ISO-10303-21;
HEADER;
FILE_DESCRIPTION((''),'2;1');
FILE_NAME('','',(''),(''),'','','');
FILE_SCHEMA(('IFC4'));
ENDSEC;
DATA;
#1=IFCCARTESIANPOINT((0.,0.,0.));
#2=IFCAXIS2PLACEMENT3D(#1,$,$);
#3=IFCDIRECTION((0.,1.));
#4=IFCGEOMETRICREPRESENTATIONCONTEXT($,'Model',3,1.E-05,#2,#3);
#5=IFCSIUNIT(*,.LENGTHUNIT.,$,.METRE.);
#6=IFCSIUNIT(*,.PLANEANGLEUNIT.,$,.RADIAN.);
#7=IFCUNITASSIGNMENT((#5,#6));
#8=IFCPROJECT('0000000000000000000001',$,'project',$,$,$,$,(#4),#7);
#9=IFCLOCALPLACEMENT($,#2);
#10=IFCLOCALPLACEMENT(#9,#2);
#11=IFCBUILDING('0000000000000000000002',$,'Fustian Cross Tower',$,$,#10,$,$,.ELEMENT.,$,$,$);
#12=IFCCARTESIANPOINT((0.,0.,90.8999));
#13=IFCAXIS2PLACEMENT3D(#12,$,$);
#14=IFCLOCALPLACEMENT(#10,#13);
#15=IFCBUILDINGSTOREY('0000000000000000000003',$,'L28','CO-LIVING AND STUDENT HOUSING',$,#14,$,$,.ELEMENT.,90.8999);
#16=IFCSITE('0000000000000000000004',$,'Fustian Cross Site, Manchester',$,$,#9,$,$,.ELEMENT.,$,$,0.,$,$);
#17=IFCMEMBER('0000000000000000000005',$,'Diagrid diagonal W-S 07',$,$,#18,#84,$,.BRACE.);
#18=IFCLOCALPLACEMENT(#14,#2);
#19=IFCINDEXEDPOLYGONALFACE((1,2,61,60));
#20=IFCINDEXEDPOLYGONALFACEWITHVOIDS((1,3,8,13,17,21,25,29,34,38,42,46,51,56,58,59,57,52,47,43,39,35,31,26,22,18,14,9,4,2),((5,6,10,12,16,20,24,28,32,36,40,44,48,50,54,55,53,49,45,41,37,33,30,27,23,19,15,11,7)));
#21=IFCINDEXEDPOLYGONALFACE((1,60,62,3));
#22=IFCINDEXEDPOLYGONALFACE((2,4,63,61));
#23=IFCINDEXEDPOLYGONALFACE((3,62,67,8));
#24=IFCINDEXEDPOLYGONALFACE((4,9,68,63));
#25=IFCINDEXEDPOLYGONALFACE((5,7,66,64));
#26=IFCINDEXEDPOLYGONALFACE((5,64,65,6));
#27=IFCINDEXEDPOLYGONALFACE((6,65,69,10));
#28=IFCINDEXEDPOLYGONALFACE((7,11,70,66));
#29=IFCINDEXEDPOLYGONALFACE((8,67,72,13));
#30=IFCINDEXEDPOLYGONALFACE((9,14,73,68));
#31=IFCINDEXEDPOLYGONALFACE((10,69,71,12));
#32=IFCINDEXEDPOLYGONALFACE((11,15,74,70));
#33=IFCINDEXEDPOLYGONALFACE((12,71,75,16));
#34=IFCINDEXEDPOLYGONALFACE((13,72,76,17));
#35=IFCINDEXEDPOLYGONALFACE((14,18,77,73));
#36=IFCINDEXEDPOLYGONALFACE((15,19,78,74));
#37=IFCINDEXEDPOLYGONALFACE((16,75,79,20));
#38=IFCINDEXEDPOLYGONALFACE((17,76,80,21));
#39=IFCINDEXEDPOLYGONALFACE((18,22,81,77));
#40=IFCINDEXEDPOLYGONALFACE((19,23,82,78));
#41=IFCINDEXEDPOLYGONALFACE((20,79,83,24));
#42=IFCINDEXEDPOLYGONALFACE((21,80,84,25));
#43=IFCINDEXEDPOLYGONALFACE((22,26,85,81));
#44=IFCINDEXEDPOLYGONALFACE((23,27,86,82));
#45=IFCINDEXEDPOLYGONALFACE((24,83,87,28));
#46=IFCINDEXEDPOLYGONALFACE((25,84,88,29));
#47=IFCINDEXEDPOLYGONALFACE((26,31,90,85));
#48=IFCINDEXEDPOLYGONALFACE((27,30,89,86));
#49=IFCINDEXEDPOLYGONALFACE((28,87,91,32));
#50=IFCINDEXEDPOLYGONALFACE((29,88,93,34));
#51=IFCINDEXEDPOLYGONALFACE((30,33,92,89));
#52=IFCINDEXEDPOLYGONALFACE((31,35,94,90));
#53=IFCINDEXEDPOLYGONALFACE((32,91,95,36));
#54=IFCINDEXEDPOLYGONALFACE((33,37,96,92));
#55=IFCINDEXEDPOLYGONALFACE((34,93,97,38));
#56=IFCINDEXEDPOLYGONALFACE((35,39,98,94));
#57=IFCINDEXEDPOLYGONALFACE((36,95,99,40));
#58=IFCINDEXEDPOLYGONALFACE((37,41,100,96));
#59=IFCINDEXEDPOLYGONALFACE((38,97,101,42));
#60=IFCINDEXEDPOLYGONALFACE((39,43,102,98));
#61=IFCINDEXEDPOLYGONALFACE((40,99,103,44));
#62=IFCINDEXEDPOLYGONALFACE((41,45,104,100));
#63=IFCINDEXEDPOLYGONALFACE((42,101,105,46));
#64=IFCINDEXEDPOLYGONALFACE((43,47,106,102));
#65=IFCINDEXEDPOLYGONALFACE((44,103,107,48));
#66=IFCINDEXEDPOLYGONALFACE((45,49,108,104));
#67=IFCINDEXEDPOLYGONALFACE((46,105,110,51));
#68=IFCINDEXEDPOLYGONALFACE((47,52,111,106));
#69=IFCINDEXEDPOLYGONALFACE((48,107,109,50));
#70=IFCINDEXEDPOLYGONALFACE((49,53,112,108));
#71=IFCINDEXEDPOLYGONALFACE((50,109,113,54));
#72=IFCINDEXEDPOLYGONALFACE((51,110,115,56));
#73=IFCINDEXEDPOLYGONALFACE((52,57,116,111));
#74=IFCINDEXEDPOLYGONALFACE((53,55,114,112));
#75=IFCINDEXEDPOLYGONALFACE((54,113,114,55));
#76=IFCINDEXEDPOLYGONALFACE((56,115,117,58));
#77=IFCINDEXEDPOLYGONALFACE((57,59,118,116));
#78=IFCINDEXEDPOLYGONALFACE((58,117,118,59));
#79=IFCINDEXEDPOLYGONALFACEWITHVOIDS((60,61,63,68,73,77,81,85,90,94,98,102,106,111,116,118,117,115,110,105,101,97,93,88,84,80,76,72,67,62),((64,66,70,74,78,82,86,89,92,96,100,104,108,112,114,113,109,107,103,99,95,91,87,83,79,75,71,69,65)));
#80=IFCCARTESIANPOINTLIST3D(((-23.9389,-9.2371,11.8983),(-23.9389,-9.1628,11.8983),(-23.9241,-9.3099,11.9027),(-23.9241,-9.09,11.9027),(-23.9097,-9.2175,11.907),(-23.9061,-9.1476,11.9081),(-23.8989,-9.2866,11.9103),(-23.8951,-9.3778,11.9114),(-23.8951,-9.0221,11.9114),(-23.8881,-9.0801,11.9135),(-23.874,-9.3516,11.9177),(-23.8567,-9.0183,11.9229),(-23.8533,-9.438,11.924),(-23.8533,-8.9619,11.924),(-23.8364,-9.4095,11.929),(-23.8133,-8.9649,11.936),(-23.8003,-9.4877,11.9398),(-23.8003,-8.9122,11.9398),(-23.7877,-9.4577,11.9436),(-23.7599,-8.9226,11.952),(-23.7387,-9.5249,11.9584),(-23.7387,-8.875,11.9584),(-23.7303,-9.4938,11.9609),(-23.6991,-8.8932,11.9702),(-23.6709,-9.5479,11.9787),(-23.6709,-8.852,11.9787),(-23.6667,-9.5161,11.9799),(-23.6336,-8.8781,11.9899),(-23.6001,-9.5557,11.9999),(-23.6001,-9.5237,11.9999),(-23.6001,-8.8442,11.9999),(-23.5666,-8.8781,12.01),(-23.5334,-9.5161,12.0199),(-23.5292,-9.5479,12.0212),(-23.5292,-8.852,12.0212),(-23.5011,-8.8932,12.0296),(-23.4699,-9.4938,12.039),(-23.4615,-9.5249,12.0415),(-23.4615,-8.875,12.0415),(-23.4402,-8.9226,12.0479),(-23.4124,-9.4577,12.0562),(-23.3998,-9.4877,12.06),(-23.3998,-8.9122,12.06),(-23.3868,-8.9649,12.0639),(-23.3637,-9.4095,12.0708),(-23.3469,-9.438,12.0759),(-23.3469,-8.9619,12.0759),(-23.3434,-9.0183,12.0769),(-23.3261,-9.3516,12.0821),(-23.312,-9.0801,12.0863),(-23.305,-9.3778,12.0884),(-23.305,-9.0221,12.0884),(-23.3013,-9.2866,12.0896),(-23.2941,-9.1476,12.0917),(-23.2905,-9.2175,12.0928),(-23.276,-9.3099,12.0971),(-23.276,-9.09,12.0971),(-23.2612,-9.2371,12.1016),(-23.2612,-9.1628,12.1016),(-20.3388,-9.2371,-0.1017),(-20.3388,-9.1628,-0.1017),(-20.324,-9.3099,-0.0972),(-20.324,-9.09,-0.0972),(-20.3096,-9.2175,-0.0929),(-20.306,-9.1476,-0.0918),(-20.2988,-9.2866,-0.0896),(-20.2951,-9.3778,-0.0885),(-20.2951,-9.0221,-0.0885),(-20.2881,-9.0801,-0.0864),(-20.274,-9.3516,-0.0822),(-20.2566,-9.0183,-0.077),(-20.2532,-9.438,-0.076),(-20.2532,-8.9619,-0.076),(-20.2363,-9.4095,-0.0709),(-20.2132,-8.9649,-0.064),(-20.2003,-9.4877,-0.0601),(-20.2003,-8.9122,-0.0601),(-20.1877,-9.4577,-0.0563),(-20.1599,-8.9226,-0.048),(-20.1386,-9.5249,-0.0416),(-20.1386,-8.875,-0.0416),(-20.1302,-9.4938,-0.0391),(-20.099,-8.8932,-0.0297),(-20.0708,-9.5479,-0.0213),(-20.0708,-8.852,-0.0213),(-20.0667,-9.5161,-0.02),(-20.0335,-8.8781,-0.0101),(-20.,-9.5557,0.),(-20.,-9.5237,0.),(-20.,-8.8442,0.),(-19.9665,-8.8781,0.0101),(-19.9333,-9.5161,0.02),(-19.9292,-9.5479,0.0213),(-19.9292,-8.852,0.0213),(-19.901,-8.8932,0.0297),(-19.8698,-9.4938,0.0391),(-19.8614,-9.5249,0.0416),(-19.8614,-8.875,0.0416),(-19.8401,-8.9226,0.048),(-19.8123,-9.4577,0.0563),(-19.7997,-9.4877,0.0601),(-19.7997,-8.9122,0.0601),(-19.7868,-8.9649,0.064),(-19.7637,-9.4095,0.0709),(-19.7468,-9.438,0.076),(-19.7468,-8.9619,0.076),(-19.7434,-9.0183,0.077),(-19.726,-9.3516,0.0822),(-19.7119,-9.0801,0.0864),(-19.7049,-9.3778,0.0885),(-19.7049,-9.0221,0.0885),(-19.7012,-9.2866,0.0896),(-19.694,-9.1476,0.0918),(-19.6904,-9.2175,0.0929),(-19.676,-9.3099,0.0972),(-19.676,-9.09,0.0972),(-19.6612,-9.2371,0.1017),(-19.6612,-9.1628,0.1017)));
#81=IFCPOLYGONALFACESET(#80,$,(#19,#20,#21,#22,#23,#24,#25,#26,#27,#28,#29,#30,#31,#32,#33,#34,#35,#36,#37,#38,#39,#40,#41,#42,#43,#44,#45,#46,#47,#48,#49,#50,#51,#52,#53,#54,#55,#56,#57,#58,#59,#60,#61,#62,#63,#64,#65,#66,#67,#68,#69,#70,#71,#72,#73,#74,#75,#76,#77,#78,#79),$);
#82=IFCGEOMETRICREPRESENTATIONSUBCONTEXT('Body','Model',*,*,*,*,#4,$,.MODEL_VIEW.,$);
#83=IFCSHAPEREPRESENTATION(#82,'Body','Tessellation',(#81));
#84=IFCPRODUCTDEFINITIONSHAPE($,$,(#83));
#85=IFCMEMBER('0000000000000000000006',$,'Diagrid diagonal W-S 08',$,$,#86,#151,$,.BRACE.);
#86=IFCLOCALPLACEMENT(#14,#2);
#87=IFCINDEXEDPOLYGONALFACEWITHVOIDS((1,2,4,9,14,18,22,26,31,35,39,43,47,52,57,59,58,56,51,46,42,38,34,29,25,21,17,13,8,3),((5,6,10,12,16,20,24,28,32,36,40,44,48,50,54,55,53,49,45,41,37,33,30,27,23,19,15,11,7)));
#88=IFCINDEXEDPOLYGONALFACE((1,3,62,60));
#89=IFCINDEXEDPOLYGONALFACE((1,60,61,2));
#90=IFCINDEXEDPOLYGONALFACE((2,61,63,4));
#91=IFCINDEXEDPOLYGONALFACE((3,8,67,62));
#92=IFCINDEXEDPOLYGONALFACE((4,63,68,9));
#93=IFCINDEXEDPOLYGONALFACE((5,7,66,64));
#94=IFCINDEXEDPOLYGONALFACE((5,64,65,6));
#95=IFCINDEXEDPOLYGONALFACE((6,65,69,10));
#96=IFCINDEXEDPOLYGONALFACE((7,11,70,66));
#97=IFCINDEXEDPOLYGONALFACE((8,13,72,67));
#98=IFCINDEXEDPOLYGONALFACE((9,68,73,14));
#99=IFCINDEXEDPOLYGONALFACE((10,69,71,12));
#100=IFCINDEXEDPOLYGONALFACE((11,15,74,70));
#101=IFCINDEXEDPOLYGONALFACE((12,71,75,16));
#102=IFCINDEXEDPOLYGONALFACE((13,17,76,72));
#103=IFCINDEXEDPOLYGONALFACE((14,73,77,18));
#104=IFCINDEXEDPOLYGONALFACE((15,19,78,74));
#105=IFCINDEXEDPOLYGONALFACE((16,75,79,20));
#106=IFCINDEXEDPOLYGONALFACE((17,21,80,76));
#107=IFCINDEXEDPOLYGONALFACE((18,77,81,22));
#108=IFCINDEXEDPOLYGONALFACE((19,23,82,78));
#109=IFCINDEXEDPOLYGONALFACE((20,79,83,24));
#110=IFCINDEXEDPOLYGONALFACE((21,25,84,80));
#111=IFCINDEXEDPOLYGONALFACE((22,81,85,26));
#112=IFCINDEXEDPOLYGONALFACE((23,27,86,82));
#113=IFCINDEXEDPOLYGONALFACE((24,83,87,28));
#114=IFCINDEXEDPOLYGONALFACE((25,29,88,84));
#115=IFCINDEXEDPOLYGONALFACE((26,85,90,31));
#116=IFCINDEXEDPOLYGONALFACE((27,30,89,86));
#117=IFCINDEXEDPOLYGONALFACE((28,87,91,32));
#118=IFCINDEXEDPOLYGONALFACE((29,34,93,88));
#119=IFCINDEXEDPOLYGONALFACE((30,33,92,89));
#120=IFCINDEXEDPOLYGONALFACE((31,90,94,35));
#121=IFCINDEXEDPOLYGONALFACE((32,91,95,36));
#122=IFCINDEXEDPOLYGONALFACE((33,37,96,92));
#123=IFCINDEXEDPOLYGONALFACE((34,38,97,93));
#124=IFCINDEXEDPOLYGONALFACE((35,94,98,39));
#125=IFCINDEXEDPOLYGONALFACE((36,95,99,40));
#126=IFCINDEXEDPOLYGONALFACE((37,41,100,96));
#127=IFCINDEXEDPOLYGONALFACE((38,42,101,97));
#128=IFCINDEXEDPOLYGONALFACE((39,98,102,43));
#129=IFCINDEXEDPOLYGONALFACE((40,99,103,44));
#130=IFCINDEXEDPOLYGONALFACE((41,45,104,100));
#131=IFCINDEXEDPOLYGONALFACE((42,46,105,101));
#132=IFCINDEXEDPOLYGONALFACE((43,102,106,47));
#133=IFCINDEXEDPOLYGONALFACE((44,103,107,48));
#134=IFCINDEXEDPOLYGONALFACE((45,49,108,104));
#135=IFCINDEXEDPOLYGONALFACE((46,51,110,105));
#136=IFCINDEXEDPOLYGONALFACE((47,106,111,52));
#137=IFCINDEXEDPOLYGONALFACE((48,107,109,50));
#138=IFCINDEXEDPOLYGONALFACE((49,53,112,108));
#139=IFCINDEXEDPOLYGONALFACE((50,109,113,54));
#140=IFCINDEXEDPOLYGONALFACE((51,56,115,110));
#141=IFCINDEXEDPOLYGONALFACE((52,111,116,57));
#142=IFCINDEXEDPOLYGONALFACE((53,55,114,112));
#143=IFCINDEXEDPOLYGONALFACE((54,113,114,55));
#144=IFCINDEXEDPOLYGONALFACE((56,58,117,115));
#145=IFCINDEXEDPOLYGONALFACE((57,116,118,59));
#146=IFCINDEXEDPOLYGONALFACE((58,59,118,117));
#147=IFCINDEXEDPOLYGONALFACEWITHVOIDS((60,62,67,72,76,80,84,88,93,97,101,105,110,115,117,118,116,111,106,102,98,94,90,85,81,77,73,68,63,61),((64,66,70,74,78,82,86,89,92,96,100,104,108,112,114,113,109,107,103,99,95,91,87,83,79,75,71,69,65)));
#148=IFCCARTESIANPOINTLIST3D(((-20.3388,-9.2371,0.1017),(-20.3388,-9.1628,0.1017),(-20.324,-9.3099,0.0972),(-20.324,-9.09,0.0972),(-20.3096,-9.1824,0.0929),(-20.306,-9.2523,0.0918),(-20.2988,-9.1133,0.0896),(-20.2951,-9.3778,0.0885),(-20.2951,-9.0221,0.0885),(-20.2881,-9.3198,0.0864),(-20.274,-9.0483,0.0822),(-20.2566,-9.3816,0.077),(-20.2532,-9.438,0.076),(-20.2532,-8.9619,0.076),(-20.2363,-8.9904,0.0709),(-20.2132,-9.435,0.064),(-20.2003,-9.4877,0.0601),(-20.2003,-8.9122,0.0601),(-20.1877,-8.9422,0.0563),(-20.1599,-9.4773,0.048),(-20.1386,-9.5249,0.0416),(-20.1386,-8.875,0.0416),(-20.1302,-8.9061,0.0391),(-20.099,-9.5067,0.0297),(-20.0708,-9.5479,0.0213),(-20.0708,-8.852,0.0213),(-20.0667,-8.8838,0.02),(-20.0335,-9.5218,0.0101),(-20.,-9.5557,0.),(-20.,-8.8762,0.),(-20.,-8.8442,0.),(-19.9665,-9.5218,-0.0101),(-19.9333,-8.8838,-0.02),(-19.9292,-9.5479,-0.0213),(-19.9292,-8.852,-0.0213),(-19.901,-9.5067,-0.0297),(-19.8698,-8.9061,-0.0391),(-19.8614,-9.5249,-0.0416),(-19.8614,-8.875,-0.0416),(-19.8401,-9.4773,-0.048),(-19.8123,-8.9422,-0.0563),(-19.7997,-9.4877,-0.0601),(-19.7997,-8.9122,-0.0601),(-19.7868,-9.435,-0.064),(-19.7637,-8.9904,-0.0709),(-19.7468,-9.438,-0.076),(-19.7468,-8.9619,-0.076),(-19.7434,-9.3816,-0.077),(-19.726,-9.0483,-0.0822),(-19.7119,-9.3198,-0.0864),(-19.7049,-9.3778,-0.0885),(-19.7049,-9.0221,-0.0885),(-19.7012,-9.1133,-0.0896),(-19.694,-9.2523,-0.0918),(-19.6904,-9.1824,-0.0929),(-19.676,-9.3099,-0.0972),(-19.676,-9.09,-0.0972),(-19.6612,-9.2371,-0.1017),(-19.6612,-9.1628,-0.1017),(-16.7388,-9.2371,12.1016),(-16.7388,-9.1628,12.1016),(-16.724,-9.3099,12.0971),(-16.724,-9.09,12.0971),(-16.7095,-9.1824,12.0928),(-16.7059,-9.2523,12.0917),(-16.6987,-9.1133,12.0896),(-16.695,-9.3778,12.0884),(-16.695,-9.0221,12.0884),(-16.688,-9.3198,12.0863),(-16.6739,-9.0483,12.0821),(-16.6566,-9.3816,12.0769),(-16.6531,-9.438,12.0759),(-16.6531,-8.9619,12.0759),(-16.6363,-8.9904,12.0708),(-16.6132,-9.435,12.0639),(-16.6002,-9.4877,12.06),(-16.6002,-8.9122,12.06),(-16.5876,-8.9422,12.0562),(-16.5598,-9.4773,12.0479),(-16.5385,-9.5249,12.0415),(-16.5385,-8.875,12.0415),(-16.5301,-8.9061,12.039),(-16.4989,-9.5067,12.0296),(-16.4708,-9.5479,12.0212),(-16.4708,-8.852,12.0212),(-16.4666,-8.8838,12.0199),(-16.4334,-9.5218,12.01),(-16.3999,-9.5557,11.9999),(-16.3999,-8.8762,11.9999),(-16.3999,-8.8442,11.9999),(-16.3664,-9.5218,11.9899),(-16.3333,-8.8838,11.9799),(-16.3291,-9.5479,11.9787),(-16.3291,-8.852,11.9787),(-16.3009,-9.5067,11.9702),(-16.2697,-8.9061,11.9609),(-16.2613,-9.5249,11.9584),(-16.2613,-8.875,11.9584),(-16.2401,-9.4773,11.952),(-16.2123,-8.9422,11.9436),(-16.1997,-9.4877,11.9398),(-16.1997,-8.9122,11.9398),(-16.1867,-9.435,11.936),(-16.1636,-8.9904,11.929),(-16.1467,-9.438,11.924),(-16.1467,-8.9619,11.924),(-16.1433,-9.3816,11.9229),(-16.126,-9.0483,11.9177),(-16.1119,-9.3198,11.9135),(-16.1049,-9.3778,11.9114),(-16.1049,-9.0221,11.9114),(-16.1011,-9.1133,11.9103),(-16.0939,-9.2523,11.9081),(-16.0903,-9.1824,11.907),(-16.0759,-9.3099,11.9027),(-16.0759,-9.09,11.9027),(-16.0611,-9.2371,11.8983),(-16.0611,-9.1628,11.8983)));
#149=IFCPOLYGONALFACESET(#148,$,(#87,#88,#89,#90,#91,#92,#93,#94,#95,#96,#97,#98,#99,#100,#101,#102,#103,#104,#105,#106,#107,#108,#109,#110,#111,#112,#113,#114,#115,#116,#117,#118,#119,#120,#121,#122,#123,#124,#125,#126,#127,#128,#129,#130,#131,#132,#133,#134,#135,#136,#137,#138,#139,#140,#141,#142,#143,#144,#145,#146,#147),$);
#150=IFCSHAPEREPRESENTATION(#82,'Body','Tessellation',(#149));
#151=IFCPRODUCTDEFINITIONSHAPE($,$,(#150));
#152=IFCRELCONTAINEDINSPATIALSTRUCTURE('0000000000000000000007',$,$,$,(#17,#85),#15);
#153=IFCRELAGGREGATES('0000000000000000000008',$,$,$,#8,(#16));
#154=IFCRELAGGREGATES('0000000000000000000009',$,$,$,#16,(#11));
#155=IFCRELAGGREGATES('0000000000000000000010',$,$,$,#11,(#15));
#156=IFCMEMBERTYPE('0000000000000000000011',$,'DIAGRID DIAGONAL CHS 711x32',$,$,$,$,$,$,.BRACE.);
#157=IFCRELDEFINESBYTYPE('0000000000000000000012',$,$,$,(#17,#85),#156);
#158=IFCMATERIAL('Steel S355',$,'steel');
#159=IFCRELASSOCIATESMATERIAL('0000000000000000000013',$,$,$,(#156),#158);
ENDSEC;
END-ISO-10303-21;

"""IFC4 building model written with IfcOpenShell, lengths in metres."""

from ifc_helpers import new_model, si_unit, direction, frame, origin, origin_2d, place, context, subcontext, project, spatial, hollow_circle, extrude, material, material_profile, profile_set, type_object, element, save


model = new_model("IFC4")

# Units and contexts
model_context = context("Model", 3, precision=1e-05, world=origin(), true_north=direction((0.0, 1.0)))
body_context = subcontext(model_context, "Body", "Model", "MODEL_VIEW")
ifc_project = project(units=[si_unit("LENGTHUNIT", "METRE"), si_unit("PLANEANGLEUNIT", "RADIAN")], contexts=[model_context])

# Site, building, storey
site_placement = place(None, origin())
site = spatial("IfcSite", under=ifc_project, at=site_placement, Name="Fustian Cross Site, Manchester", CompositionType="ELEMENT", RefElevation=0.0)
building_placement = place(site_placement, origin())
building = spatial("IfcBuilding", under=site, at=building_placement, Name="Fustian Cross Tower", CompositionType="ELEMENT")
storey_placement = place(building_placement, frame((0.0, 0.0, 90.8999)))
storey = spatial("IfcBuildingStorey", under=building, at=storey_placement, Name="L28", Description="CO-LIVING AND STUDENT HOUSING", CompositionType="ELEMENT", Elevation=90.8999)

# Members
ifc_material_1 = material(Name="Steel S355", Category="steel")
ifc_material_profile_1 = material_profile(ifc_material_1, hollow_circle(Radius=0.3557, WallThickness=0.032, at=origin_2d()), Name="CHS 711x32")
ifc_profile_set_1 = profile_set([ifc_material_profile_1], Name="Steel S355")
member_type_1 = type_object("IfcMemberType", Name="DIAGRID DIAGONAL CHS 711x32", PredefinedType="BRACE", material=ifc_profile_set_1)
for number, where, z_axis, x_axis, name in (
    (1, (-20.0, -9.2, 0.0), (-0.287355, 0.0, 0.957824), (0.0, -1.0, 0.0), "Diagrid diagonal W-S 07"),
    (2, (-20.0, -9.2, 0.0), (0.287355, 0.0, 0.957824), (0.0, 1.0, 0.0), "Diagrid diagonal W-S 08"),
):
    element("IfcMember", number, at=place(storey_placement, frame(where, z_axis=z_axis, x_axis=x_axis)), inside=storey, type_object=member_type_1, Name=name, PredefinedType="BRACE", context=body_context, shape_type="SweptSolid", body=[
        extrude(hollow_circle(Radius=0.3557, WallThickness=0.032, at=origin_2d()), origin(), (0.0, 0.0, 1.0), 12.5283),
    ])

save(model, "model.ifc")
